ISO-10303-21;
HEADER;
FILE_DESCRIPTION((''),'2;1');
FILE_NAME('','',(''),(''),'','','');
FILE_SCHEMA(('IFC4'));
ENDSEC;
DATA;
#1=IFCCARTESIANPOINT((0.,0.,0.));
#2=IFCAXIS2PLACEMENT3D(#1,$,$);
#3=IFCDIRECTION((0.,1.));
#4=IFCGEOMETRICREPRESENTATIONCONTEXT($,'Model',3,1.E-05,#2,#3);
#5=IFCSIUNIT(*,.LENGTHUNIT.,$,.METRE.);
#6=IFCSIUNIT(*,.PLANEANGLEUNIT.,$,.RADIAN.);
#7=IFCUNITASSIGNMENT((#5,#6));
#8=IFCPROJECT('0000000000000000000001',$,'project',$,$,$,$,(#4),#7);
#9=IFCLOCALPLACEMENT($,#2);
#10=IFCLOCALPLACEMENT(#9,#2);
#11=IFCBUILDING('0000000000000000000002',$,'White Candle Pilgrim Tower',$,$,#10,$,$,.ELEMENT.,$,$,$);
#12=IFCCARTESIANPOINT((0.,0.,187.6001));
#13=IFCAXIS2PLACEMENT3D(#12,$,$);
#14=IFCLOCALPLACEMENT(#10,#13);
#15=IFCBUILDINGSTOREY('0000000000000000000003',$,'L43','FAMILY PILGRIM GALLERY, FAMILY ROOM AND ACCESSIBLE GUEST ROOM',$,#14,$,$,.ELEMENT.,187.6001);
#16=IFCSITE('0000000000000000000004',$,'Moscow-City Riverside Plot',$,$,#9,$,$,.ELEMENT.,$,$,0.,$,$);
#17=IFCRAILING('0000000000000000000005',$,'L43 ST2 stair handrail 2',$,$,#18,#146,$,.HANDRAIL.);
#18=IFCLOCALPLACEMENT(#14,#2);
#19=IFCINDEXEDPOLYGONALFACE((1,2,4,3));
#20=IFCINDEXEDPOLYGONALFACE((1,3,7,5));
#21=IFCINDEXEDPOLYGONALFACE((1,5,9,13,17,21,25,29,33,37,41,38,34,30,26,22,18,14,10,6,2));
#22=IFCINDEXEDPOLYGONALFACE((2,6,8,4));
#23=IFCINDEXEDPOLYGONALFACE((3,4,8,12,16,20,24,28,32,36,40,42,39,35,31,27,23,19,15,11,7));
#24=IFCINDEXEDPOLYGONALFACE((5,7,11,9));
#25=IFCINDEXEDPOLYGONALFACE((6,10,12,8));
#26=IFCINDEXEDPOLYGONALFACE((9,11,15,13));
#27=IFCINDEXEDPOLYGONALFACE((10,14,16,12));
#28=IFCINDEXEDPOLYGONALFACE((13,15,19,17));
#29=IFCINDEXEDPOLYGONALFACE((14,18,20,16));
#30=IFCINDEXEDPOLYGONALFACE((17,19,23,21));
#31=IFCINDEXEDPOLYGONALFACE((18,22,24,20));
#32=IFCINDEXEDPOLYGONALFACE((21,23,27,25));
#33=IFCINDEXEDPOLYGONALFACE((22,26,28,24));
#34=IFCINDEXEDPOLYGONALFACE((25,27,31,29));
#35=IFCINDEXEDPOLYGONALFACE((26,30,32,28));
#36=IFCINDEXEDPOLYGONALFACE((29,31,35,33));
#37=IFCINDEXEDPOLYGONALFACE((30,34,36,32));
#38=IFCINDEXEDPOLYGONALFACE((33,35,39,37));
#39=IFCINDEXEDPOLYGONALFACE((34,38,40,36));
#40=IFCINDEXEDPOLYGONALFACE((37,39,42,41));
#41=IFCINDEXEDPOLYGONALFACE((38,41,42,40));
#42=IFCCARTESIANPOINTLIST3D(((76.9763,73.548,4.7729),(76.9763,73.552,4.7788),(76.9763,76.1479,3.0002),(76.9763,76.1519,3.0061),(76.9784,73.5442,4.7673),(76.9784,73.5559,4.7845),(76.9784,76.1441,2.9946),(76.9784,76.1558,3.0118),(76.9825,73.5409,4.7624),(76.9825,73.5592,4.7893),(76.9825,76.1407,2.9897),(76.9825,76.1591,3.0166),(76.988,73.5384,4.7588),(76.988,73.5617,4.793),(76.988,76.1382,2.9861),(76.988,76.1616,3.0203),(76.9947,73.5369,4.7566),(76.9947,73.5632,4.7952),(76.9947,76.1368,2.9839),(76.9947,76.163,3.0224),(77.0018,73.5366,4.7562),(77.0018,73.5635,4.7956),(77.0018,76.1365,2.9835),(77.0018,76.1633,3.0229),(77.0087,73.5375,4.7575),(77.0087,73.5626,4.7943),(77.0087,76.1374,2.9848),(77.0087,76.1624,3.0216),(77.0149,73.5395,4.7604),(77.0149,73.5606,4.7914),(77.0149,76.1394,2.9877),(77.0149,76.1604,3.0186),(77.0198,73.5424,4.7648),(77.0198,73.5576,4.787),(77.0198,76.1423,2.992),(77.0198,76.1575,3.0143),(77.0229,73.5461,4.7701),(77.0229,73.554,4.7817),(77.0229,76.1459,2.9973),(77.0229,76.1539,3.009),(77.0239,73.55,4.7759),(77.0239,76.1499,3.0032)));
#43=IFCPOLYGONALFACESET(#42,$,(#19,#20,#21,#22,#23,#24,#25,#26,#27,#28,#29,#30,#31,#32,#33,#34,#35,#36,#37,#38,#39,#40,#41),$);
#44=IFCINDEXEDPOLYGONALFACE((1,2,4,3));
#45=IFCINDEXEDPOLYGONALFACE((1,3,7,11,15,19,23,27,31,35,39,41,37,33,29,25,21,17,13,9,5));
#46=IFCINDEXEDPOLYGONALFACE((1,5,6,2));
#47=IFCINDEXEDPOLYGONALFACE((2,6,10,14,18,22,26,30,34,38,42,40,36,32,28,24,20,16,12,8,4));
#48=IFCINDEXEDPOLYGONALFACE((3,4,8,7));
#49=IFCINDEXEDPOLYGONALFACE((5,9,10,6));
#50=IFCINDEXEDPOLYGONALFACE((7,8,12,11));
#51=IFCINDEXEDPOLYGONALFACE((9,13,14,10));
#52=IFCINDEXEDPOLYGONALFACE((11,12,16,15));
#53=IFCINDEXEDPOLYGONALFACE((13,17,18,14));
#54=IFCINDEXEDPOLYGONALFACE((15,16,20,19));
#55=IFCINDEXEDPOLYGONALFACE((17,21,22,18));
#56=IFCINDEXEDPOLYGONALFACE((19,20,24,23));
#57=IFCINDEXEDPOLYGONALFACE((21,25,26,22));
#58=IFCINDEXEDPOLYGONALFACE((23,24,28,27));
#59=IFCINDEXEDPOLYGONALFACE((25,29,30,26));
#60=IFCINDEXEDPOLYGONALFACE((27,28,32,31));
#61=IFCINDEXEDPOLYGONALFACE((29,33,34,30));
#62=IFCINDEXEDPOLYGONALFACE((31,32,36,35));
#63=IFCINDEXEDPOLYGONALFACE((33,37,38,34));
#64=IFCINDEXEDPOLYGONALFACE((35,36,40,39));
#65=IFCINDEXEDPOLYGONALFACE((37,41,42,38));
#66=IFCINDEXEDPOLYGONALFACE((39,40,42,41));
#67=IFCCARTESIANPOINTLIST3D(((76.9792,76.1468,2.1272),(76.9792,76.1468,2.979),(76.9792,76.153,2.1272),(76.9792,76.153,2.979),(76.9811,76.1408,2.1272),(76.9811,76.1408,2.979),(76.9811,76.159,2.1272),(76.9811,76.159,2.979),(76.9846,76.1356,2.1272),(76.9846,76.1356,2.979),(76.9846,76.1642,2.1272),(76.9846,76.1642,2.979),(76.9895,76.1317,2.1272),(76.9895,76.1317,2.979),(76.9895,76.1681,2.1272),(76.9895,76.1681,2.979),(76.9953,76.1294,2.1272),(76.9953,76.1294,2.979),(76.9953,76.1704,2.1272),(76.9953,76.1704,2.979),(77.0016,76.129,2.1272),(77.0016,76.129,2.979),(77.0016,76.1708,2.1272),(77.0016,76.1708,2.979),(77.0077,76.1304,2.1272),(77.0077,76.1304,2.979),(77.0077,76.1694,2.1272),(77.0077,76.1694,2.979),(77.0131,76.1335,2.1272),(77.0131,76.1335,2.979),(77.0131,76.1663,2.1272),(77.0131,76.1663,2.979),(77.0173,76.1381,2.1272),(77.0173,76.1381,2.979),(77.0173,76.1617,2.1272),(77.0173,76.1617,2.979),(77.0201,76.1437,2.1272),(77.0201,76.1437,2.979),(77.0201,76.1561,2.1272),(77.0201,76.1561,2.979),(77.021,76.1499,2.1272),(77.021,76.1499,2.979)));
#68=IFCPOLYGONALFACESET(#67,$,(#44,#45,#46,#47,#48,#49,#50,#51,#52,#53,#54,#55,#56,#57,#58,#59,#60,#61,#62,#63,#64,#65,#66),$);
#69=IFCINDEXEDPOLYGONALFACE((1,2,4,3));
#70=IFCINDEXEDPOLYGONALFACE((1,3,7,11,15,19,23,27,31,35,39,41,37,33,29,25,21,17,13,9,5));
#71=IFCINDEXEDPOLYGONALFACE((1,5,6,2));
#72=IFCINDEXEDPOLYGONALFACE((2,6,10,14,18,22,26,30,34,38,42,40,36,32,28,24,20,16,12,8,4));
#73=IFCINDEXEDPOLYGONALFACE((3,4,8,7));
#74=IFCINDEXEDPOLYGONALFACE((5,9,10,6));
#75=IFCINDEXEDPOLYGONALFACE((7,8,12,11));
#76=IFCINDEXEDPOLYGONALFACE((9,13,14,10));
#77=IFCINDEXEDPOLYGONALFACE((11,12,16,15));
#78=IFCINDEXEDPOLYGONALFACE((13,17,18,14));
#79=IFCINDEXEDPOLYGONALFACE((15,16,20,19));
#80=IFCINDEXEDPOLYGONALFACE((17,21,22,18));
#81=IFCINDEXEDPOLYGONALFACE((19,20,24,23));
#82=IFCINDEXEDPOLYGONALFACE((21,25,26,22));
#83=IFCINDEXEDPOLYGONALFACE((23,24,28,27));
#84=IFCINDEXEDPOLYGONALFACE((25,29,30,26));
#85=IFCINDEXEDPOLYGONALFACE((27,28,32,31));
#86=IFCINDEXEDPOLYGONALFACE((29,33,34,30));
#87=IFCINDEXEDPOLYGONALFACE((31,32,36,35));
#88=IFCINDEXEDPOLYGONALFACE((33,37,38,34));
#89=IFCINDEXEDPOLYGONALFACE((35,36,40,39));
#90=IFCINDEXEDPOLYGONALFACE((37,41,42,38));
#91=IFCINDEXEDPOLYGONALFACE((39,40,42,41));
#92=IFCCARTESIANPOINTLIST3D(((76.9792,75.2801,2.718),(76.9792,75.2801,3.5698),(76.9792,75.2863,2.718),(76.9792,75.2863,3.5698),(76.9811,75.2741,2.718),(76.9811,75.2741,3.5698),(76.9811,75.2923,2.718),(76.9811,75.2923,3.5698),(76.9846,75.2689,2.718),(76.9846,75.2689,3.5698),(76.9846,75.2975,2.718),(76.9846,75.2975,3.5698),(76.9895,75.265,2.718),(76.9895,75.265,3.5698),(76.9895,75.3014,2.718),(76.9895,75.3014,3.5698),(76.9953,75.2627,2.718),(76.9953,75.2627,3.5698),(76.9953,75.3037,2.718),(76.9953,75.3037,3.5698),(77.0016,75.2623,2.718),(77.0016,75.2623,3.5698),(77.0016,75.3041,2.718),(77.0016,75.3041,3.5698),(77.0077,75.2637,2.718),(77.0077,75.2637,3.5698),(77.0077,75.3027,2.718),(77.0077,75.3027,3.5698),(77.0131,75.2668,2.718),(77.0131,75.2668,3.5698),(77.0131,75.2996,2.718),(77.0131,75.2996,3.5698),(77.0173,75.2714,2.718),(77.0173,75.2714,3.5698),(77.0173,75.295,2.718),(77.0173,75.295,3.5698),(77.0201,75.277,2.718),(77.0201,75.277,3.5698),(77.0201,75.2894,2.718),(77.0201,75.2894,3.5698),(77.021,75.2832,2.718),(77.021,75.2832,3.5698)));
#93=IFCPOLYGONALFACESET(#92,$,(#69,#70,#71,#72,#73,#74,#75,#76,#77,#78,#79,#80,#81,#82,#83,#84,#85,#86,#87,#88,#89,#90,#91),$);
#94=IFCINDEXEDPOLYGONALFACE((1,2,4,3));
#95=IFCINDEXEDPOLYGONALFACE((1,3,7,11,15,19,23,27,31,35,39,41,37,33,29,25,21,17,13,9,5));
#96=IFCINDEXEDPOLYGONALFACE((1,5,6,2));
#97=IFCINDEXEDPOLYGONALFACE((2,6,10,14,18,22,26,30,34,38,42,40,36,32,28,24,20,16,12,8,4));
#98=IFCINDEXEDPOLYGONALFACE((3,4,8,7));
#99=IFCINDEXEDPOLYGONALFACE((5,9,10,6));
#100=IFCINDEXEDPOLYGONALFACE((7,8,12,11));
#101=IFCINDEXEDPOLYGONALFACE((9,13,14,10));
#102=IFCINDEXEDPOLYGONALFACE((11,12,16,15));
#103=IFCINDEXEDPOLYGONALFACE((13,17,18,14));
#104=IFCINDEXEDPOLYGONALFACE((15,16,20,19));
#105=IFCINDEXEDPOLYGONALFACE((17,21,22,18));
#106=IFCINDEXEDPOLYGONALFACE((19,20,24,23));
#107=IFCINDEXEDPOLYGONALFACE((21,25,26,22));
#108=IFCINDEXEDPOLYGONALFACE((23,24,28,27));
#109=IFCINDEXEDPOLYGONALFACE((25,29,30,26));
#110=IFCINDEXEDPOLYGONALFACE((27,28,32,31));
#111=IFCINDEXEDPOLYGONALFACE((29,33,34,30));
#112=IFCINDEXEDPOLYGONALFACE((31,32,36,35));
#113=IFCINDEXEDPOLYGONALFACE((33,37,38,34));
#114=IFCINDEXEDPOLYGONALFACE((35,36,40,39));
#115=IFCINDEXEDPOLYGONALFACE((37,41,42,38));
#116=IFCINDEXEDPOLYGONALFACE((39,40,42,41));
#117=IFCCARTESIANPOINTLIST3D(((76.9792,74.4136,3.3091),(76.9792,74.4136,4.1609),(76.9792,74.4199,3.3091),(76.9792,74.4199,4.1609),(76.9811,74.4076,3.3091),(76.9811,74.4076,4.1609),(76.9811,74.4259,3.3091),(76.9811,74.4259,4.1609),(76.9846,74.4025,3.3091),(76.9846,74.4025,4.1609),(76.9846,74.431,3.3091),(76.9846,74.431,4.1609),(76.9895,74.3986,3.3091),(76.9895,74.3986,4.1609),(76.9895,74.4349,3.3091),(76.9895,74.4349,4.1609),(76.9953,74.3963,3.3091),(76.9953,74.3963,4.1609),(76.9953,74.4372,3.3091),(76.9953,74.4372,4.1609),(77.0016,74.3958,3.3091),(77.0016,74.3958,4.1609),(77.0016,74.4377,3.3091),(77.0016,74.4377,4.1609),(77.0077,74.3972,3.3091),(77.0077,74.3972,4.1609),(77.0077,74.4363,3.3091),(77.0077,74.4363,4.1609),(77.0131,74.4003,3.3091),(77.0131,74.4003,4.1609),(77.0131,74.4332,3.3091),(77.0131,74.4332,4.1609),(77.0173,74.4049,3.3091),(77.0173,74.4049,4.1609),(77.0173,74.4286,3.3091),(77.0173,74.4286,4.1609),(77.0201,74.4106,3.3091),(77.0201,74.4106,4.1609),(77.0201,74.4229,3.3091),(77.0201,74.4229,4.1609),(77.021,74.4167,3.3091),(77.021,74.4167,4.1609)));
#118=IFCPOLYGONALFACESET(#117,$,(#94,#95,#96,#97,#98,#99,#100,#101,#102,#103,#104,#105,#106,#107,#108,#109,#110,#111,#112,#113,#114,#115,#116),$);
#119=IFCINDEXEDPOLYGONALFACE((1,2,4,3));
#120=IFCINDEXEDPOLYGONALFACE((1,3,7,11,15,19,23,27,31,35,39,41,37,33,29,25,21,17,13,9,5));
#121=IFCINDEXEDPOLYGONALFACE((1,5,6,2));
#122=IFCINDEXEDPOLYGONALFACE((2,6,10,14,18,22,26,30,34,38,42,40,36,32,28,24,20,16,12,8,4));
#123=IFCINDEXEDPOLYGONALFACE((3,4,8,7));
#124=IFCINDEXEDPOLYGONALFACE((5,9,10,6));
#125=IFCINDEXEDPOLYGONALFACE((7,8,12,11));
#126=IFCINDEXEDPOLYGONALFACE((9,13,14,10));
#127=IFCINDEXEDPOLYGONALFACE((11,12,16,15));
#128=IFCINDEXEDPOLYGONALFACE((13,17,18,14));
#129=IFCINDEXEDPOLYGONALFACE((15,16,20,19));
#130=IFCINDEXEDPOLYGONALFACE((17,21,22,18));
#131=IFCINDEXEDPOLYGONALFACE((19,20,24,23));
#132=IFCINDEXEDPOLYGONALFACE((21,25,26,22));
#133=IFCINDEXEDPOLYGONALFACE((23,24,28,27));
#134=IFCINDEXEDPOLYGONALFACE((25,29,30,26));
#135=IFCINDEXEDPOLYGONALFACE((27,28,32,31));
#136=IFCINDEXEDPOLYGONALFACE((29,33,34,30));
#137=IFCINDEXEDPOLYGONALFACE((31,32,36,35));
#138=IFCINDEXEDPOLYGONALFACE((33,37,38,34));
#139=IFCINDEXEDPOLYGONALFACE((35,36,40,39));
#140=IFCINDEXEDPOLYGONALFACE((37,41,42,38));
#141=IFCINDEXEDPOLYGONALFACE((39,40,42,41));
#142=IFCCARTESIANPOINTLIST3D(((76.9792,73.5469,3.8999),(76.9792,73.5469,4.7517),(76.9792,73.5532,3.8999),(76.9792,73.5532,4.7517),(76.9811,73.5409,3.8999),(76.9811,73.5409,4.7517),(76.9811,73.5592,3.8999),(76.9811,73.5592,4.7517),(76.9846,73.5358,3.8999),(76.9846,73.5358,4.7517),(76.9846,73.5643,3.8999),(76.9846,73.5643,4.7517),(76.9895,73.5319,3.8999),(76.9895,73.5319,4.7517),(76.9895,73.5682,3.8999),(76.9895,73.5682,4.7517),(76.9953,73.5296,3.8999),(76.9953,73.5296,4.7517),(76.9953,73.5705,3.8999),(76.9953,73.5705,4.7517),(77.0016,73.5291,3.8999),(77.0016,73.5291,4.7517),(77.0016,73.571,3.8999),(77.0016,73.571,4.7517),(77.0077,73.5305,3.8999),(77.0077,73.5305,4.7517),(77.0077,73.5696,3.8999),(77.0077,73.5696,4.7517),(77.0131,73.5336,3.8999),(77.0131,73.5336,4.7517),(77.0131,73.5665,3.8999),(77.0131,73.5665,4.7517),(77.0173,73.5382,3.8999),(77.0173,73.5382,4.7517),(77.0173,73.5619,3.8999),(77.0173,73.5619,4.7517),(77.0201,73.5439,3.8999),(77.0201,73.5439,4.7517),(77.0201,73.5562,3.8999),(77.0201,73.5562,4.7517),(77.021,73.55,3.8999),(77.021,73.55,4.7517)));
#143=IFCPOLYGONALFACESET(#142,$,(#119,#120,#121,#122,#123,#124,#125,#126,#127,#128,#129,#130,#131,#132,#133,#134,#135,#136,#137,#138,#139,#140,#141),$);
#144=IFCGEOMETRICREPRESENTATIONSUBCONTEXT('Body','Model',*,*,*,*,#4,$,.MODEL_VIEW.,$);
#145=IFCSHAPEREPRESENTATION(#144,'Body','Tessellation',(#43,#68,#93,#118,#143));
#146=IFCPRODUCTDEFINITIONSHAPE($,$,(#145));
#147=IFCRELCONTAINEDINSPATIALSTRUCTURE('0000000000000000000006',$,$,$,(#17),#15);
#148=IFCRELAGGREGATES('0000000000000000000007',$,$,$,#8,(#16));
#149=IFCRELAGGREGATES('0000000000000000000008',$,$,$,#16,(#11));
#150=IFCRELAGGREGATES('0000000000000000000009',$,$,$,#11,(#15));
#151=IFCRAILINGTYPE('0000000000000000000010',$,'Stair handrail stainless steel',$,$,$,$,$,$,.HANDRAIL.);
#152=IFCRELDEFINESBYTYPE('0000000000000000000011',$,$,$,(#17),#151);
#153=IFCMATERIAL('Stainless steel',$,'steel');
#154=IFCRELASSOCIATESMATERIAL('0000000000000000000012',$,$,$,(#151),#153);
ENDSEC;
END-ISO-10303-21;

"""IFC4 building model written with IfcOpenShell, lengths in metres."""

from ifc_helpers import new_model, si_unit, direction, frame, origin, origin_2d, place, context, subcontext, project, spatial, circle, extrude, material, type_object, element, save


model = new_model("IFC4")

# Units and contexts
model_context = context("Model", 3, precision=1e-05, world=origin(), true_north=direction((0.0, 1.0)))
body_context = subcontext(model_context, "Body", "Model", "MODEL_VIEW")
ifc_project = project(units=[si_unit("LENGTHUNIT", "METRE"), si_unit("PLANEANGLEUNIT", "RADIAN")], contexts=[model_context])

# Site, building, storey
site_placement = place(None, origin())
site = spatial("IfcSite", under=ifc_project, at=site_placement, Name="Moscow-City Riverside Plot", CompositionType="ELEMENT", RefElevation=0.0)
building_placement = place(site_placement, origin())
building = spatial("IfcBuilding", under=site, at=building_placement, Name="White Candle Pilgrim Tower", CompositionType="ELEMENT")
storey_placement = place(building_placement, frame((0.0, 0.0, 187.6001)))
storey = spatial("IfcBuildingStorey", under=building, at=storey_placement, Name="L43", Description="FAMILY PILGRIM GALLERY, FAMILY ROOM AND ACCESSIBLE GUEST ROOM", CompositionType="ELEMENT", Elevation=187.6001)

# Shared definitions
ifc_material_1 = material(Name="Stainless steel", Category="steel")

# Railing
railing_type = type_object("IfcRailingType", Name="Stair handrail stainless steel", PredefinedType="HANDRAIL", material=ifc_material_1)
railing_placement = place(storey_placement, frame((77.0, 76.1499, 2.1272)))
element("IfcRailing", 1, at=railing_placement, inside=storey, type_object=railing_type, Name="L43 ST2 stair handrail 2", PredefinedType="HANDRAIL", context=body_context, shape_type="SweptSolid", body=[
    extrude(circle(Radius=0.0239, at=origin_2d()), frame((0.0, 0.0, 0.876), z_axis=(0.0, -0.826216, 0.563354), x_axis=(1.0, 0.0, 0.0)), (0.0, 0.0, 1.0), 3.1467),
    extrude(circle(Radius=0.021, at=origin_2d()), origin(), (0.0, 0.0, 1.0), 0.8518),
    extrude(circle(Radius=0.021, at=origin_2d()), frame((0.0, -0.8667, 0.5908)), (0.0, 0.0, 1.0), 0.8518),
    extrude(circle(Radius=0.021, at=origin_2d()), frame((0.0, -1.7332, 1.1819)), (0.0, 0.0, 1.0), 0.8518),
    extrude(circle(Radius=0.021, at=origin_2d()), frame((0.0, -2.5999, 1.7727)), (0.0, 0.0, 1.0), 0.8518),
])

save(model, "model.ifc")
